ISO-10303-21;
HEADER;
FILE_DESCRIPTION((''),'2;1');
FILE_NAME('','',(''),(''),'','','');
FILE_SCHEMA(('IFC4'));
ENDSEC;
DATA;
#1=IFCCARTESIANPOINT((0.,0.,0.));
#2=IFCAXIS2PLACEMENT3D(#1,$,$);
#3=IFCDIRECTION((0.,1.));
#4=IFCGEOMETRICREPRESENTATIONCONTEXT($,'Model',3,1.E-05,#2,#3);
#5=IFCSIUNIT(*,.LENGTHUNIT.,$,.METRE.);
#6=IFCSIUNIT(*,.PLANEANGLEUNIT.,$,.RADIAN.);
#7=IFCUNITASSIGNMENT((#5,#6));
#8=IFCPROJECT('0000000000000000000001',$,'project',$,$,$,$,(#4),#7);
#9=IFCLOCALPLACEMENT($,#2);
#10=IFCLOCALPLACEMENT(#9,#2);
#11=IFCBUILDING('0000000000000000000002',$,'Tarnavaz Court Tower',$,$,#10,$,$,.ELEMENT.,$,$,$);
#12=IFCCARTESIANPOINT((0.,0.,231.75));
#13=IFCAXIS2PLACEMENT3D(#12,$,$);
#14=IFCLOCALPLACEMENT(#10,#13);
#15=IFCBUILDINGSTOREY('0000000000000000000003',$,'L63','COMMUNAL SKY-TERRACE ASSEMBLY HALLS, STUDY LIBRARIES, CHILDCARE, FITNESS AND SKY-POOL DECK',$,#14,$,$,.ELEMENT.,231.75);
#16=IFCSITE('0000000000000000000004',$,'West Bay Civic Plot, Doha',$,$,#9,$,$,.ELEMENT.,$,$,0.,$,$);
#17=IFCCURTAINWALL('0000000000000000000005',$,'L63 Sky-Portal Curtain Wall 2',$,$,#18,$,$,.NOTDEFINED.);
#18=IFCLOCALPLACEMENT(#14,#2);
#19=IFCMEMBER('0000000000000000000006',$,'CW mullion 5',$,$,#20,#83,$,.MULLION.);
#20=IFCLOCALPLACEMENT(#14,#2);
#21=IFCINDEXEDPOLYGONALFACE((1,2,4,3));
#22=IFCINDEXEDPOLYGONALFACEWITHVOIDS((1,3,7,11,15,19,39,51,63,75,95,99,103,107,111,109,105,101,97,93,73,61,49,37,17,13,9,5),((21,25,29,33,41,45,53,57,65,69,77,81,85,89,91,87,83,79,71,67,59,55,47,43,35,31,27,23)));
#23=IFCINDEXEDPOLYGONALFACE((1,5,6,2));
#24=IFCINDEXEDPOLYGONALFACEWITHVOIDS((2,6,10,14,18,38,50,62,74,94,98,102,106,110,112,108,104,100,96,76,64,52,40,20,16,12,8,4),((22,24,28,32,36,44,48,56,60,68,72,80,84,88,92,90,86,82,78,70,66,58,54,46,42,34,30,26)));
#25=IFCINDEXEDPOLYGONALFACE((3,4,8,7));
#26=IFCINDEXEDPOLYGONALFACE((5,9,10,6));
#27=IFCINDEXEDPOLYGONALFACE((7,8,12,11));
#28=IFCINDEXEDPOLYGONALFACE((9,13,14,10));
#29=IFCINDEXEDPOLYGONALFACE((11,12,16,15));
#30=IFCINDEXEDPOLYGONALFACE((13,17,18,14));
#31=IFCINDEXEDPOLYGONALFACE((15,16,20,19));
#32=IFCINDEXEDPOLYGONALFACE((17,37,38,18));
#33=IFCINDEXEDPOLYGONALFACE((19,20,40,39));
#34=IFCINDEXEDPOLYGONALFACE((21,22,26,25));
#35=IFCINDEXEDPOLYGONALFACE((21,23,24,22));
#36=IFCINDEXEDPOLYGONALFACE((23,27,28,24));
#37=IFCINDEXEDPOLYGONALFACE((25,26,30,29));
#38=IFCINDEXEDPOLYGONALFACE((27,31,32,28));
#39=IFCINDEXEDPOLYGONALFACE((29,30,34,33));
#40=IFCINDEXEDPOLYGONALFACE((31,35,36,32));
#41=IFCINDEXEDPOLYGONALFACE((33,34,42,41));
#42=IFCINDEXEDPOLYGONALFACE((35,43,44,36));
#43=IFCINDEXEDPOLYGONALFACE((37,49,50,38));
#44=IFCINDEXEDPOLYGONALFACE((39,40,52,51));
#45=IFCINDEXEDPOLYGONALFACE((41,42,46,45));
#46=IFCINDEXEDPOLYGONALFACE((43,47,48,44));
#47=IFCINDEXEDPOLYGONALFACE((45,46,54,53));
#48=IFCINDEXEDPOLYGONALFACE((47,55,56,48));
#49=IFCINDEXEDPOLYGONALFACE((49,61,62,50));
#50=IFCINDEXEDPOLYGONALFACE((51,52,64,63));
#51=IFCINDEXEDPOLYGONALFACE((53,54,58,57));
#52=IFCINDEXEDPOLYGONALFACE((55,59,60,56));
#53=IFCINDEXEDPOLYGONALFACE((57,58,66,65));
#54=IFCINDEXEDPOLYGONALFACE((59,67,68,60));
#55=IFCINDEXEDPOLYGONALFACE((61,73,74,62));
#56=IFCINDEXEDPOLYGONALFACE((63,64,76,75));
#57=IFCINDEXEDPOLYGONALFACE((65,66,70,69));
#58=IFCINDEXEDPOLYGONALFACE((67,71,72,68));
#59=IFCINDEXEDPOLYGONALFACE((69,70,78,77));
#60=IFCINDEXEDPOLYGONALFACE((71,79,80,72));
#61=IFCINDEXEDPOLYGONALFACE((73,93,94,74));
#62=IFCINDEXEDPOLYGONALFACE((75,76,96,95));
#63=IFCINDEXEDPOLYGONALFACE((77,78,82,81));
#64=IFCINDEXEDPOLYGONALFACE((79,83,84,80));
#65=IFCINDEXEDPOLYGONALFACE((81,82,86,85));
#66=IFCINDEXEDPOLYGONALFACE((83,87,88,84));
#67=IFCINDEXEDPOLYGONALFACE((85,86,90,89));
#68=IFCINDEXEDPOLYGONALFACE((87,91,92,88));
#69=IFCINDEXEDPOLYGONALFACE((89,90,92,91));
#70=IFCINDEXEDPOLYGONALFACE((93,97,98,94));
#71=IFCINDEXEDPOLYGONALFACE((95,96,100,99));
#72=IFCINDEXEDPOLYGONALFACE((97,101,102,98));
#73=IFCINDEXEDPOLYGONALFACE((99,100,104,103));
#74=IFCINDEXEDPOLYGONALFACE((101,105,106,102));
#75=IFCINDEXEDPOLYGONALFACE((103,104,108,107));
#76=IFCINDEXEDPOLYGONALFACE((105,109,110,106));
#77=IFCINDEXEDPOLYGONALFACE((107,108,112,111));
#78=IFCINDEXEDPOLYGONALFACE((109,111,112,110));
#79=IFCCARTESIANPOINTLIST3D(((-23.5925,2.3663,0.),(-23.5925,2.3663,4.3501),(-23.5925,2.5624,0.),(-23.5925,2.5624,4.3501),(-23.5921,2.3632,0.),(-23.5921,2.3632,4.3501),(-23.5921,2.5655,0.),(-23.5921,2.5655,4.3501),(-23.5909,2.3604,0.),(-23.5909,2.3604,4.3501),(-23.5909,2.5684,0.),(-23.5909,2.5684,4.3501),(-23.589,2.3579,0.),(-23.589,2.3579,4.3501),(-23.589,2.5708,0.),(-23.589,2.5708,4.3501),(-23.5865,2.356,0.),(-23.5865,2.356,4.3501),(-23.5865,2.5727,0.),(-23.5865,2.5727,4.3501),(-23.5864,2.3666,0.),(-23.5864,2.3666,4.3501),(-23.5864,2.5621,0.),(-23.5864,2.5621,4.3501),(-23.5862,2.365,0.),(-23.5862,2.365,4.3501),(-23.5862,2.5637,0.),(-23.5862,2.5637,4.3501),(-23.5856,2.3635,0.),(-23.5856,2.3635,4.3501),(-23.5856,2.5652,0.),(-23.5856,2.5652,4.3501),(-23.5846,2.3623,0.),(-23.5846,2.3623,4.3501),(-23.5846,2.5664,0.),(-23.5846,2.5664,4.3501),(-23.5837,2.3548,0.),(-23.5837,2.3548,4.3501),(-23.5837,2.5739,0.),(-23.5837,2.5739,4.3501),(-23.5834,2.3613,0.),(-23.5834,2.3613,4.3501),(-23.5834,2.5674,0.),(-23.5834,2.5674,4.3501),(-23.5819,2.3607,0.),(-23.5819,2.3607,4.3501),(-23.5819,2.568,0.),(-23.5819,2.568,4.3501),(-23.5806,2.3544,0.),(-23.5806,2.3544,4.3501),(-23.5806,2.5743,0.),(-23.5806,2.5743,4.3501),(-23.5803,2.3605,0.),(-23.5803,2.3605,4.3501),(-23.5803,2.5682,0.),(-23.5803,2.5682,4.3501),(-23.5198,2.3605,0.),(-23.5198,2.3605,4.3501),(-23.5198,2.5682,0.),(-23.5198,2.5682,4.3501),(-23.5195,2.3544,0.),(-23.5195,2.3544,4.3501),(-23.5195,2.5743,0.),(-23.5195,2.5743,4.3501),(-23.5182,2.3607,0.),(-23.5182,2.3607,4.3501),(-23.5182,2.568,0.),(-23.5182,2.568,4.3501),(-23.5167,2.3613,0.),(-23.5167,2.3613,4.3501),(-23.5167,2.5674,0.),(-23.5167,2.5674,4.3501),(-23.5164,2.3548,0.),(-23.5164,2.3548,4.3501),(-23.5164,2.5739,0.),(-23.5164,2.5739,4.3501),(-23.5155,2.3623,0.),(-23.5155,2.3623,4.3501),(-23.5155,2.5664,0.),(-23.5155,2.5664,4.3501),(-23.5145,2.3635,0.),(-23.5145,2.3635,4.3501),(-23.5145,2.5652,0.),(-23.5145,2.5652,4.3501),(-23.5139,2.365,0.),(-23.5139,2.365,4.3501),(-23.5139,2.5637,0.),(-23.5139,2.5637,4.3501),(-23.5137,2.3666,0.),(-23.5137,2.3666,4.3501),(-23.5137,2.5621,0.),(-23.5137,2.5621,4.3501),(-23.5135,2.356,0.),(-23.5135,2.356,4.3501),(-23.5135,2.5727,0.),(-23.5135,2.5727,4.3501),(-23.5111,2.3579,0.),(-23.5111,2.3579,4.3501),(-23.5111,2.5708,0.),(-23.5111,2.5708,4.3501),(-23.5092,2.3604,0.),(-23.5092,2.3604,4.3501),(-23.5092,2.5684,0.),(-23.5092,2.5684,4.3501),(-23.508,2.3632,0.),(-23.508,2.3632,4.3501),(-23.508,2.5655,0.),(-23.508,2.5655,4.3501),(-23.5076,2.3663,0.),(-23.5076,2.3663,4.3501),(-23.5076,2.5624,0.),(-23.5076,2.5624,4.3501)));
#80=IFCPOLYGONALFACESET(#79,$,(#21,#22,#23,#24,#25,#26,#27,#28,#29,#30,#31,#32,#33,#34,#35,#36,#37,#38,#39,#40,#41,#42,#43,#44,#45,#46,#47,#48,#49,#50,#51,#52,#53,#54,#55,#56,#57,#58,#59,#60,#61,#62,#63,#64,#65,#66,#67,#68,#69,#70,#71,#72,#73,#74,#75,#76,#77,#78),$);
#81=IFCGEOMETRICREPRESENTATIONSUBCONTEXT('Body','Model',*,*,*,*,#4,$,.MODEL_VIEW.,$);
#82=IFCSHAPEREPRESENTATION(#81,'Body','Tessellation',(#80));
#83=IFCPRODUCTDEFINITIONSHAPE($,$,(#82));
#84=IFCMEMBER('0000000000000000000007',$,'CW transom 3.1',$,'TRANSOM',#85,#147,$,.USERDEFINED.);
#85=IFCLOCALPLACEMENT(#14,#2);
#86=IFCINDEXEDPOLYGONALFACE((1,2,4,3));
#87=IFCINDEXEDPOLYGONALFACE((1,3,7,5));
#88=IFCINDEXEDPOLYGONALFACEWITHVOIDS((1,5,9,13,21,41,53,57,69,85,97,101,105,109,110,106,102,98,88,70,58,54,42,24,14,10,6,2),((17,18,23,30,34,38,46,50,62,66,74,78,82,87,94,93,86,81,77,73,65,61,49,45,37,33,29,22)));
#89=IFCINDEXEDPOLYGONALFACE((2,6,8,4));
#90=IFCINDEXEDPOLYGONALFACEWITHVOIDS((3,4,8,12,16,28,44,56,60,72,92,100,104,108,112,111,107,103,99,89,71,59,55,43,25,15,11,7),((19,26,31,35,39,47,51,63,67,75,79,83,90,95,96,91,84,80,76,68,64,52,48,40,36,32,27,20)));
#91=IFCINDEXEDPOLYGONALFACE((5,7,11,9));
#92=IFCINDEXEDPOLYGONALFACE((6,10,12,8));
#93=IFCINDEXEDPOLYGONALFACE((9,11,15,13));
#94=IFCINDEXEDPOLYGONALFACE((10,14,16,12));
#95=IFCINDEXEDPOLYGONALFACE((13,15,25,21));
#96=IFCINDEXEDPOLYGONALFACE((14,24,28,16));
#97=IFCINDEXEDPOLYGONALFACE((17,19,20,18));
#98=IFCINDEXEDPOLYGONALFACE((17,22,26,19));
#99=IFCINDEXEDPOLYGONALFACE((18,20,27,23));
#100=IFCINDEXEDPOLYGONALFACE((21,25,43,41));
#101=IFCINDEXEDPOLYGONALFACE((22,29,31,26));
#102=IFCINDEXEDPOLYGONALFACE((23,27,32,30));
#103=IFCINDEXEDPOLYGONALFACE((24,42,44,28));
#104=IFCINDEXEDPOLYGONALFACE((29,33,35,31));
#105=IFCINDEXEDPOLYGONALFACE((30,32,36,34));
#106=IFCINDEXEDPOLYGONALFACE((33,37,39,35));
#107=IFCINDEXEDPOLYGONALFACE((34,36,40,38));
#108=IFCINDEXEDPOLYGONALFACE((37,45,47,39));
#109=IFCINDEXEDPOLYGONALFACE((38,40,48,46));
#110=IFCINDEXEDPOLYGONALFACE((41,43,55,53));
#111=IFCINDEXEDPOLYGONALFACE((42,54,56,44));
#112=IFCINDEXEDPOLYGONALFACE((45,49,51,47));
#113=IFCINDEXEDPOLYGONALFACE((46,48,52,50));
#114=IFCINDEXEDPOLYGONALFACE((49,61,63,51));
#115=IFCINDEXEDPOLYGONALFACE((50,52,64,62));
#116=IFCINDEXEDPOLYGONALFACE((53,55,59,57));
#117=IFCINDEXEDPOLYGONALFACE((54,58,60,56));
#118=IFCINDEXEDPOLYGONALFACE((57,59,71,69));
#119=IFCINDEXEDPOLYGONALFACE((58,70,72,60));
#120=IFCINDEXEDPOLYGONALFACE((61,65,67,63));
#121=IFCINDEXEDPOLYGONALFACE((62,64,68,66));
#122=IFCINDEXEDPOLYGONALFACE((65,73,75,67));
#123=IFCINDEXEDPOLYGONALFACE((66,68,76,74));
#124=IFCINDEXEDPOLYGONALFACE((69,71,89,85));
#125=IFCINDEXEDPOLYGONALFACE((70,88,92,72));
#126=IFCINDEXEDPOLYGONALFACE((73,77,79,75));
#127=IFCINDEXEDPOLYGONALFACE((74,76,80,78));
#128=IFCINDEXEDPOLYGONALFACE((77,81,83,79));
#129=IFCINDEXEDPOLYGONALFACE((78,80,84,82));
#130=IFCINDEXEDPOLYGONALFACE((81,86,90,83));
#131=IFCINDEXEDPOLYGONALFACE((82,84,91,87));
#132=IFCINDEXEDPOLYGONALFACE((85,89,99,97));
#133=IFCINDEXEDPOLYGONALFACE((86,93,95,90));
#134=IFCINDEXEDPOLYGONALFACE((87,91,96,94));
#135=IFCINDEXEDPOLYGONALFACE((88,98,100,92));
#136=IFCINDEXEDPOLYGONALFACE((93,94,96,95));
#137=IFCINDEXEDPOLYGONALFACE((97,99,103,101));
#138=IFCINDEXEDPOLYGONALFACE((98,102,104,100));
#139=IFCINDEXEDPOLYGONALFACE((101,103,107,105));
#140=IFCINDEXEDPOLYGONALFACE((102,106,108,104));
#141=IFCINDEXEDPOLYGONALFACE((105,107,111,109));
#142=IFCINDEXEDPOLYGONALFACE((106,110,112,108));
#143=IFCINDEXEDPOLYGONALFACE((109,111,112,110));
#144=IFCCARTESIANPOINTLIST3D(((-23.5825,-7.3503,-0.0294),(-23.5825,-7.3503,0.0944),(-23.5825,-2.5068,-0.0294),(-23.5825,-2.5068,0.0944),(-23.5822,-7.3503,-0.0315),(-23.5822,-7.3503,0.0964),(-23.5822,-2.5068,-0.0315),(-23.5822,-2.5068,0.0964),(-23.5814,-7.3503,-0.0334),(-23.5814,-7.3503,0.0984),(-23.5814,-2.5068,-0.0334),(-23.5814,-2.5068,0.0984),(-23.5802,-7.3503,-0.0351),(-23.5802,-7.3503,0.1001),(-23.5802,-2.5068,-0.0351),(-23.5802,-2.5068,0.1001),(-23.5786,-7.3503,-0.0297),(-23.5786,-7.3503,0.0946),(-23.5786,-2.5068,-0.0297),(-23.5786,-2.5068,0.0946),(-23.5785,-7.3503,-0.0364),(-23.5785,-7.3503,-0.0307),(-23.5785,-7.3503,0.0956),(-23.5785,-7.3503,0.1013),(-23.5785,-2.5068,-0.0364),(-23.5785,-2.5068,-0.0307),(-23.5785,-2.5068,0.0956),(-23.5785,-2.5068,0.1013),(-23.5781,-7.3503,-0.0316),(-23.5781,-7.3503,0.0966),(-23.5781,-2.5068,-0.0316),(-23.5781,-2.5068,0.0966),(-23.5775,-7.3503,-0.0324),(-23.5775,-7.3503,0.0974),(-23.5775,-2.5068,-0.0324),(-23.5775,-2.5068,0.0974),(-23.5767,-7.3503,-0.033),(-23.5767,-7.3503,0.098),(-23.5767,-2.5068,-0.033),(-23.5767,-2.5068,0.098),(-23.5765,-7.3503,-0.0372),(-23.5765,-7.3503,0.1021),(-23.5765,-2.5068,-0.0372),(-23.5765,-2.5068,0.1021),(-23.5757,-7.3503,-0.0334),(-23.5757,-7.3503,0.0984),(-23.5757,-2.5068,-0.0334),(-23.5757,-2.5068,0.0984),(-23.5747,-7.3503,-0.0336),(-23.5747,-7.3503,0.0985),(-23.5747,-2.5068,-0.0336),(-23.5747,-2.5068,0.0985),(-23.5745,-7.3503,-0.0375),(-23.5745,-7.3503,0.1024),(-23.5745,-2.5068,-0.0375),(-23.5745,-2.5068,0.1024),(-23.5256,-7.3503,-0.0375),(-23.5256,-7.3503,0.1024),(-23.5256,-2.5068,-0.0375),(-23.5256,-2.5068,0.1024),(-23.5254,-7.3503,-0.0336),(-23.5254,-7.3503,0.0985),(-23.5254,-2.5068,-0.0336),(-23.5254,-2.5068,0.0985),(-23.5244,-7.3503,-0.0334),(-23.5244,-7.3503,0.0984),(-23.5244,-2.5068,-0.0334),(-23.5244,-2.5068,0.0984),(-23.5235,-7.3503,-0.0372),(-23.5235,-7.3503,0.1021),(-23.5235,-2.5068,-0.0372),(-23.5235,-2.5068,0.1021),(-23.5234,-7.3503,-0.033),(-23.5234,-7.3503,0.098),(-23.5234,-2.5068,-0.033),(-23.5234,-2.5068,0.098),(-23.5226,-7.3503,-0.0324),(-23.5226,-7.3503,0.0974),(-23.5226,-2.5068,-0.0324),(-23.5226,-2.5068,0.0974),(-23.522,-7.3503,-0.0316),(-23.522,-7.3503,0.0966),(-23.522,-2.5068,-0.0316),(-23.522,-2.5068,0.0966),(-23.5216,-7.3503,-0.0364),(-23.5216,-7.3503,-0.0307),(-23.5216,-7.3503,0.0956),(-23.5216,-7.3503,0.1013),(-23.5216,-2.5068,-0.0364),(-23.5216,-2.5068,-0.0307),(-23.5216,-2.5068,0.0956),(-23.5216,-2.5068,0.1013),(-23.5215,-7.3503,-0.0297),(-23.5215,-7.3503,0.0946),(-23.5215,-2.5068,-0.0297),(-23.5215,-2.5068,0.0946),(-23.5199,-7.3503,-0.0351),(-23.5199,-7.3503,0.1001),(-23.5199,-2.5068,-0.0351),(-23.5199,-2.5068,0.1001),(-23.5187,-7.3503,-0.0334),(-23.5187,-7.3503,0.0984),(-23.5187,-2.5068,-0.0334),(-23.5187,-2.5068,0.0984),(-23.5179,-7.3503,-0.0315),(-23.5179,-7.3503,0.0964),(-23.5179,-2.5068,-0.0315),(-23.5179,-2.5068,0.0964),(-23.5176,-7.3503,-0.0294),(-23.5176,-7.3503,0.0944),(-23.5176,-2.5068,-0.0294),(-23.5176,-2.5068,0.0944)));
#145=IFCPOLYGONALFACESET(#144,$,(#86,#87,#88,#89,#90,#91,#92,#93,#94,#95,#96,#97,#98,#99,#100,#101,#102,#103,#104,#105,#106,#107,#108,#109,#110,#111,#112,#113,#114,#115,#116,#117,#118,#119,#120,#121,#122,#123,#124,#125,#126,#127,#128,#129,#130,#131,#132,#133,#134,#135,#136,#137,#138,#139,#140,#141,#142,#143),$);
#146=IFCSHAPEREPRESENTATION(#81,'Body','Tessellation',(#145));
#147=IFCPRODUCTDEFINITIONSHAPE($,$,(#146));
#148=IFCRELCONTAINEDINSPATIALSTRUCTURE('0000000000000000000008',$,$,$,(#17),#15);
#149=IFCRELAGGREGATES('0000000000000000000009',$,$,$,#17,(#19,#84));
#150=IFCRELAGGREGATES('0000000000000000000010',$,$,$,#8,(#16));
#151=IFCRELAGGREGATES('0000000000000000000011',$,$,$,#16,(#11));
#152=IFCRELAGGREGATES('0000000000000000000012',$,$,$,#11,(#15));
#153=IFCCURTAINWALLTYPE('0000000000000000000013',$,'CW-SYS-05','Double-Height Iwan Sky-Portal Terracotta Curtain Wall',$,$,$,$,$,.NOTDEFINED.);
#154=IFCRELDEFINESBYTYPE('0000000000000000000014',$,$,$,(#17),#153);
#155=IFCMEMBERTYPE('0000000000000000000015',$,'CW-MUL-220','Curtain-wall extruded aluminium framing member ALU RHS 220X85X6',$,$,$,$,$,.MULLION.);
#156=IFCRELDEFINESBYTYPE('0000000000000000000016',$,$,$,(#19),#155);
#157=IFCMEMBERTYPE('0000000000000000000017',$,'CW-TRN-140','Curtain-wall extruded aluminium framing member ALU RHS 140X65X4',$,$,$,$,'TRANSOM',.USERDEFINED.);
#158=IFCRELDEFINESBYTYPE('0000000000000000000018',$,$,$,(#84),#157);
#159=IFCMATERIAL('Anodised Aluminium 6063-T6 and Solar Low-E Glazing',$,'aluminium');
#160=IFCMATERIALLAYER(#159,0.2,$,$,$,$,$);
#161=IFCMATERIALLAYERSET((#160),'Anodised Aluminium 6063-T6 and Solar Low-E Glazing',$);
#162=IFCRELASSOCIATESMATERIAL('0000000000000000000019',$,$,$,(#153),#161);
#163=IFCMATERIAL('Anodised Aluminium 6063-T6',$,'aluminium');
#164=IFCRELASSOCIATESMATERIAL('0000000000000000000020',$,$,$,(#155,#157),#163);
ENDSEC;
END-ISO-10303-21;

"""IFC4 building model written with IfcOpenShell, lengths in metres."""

from ifc_helpers import new_model, si_unit, direction, frame, origin, origin_2d, place, context, subcontext, project, spatial, hollow_rectangle, extrude, material, layer, layer_set, material_profile, profile_set, type_object, element, aggregate, save


model = new_model("IFC4")

# Units and contexts
model_context = context("Model", 3, precision=1e-05, world=origin(), true_north=direction((0.0, 1.0)))
body_context = subcontext(model_context, "Body", "Model", "MODEL_VIEW")
ifc_project = project(units=[si_unit("LENGTHUNIT", "METRE"), si_unit("PLANEANGLEUNIT", "RADIAN")], contexts=[model_context])

# Site, building, storey
site_placement = place(None, origin())
site = spatial("IfcSite", under=ifc_project, at=site_placement, Name="West Bay Civic Plot, Doha", CompositionType="ELEMENT", RefElevation=0.0)
building_placement = place(site_placement, origin())
building = spatial("IfcBuilding", under=site, at=building_placement, Name="Tarnavaz Court Tower", CompositionType="ELEMENT")
storey_placement = place(building_placement, frame((0.0, 0.0, 231.75)))
storey = spatial("IfcBuildingStorey", under=building, at=storey_placement, Name="L63", Description="COMMUNAL SKY-TERRACE ASSEMBLY HALLS, STUDY LIBRARIES, CHILDCARE, FITNESS AND SKY-POOL DECK", CompositionType="ELEMENT", Elevation=231.75)

# Curtain wall, members
ifc_material_1 = material(Name="Anodised Aluminium 6063-T6 and Solar Low-E Glazing", Category="aluminium")
ifc_layer_1 = layer(ifc_material_1, 0.2)
ifc_layer_set_1 = layer_set([ifc_layer_1], Name="Anodised Aluminium 6063-T6 and Solar Low-E Glazing")
curtain_wall_type = type_object("IfcCurtainWallType", Name="CW-SYS-05", Description="Double-Height Iwan Sky-Portal Terracotta Curtain Wall", PredefinedType="NOTDEFINED", material=ifc_layer_set_1)
curtain_wall_placement = place(storey_placement, origin())
curtain_wall = element("IfcCurtainWall", 1, at=curtain_wall_placement, inside=storey, type_object=curtain_wall_type, Name="L63 Sky-Portal Curtain Wall 2", PredefinedType="NOTDEFINED")
ifc_material_2 = material(Name="Anodised Aluminium 6063-T6", Category="aluminium")
ifc_material_profile_1 = material_profile(ifc_material_2, hollow_rectangle(XDim=0.085, YDim=0.22, WallThickness=0.0061, InnerFilletRadius=0.0061, OuterFilletRadius=0.012, at=origin_2d()), Name="ALU RHS 220X85X6")
ifc_profile_set_1 = profile_set([ifc_material_profile_1], Name="Anodised Aluminium 6063-T6")
member_type_1 = type_object("IfcMemberType", Name="CW-MUL-220", Description="Curtain-wall extruded aluminium framing member ALU RHS 220X85X6", PredefinedType="MULLION", material=ifc_profile_set_1)
member_1_placement = place(storey_placement, frame((-23.55, 2.4644, 0.0), z_axis=(0.0, 0.0, 1.0), x_axis=(-1.0, 0.0, 0.0)))
member_1 = element("IfcMember", 2, at=member_1_placement, type_object=member_type_1, Name="CW mullion 5", PredefinedType="MULLION", context=body_context, shape_type="SweptSolid", body=[
    extrude(hollow_rectangle(XDim=0.085, YDim=0.22, WallThickness=0.0061, InnerFilletRadius=0.0061, OuterFilletRadius=0.012, at=origin_2d()), origin(), (0.0, 0.0, 1.0), 4.3501),
])
ifc_material_profile_2 = material_profile(ifc_material_2, hollow_rectangle(XDim=0.0649, YDim=0.1399, WallThickness=0.0039, InnerFilletRadius=0.0039, OuterFilletRadius=0.0081, at=origin_2d()), Name="ALU RHS 140X65X4")
ifc_profile_set_2 = profile_set([ifc_material_profile_2], Name="Anodised Aluminium 6063-T6")
member_type_2 = type_object("IfcMemberType", Name="CW-TRN-140", Description="Curtain-wall extruded aluminium framing member ALU RHS 140X65X4", ElementType="TRANSOM", PredefinedType="USERDEFINED", material=ifc_profile_set_2)
member_2_placement = place(storey_placement, frame((-23.55, -7.3503, 0.0325), z_axis=(0.0, 1.0, 0.0), x_axis=(-1.0, 0.0, 0.0)))
member_2 = element("IfcMember", 3, at=member_2_placement, type_object=member_type_2, Name="CW transom 3.1", ObjectType="TRANSOM", PredefinedType="USERDEFINED", context=body_context, shape_type="SweptSolid", body=[
    extrude(hollow_rectangle(XDim=0.0649, YDim=0.1399, WallThickness=0.0039, InnerFilletRadius=0.0039, OuterFilletRadius=0.0081, at=origin_2d()), origin(), (0.0, 0.0, 1.0), 4.8435),
])
aggregate(curtain_wall, [member_1, member_2])

save(model, "model.ifc")
